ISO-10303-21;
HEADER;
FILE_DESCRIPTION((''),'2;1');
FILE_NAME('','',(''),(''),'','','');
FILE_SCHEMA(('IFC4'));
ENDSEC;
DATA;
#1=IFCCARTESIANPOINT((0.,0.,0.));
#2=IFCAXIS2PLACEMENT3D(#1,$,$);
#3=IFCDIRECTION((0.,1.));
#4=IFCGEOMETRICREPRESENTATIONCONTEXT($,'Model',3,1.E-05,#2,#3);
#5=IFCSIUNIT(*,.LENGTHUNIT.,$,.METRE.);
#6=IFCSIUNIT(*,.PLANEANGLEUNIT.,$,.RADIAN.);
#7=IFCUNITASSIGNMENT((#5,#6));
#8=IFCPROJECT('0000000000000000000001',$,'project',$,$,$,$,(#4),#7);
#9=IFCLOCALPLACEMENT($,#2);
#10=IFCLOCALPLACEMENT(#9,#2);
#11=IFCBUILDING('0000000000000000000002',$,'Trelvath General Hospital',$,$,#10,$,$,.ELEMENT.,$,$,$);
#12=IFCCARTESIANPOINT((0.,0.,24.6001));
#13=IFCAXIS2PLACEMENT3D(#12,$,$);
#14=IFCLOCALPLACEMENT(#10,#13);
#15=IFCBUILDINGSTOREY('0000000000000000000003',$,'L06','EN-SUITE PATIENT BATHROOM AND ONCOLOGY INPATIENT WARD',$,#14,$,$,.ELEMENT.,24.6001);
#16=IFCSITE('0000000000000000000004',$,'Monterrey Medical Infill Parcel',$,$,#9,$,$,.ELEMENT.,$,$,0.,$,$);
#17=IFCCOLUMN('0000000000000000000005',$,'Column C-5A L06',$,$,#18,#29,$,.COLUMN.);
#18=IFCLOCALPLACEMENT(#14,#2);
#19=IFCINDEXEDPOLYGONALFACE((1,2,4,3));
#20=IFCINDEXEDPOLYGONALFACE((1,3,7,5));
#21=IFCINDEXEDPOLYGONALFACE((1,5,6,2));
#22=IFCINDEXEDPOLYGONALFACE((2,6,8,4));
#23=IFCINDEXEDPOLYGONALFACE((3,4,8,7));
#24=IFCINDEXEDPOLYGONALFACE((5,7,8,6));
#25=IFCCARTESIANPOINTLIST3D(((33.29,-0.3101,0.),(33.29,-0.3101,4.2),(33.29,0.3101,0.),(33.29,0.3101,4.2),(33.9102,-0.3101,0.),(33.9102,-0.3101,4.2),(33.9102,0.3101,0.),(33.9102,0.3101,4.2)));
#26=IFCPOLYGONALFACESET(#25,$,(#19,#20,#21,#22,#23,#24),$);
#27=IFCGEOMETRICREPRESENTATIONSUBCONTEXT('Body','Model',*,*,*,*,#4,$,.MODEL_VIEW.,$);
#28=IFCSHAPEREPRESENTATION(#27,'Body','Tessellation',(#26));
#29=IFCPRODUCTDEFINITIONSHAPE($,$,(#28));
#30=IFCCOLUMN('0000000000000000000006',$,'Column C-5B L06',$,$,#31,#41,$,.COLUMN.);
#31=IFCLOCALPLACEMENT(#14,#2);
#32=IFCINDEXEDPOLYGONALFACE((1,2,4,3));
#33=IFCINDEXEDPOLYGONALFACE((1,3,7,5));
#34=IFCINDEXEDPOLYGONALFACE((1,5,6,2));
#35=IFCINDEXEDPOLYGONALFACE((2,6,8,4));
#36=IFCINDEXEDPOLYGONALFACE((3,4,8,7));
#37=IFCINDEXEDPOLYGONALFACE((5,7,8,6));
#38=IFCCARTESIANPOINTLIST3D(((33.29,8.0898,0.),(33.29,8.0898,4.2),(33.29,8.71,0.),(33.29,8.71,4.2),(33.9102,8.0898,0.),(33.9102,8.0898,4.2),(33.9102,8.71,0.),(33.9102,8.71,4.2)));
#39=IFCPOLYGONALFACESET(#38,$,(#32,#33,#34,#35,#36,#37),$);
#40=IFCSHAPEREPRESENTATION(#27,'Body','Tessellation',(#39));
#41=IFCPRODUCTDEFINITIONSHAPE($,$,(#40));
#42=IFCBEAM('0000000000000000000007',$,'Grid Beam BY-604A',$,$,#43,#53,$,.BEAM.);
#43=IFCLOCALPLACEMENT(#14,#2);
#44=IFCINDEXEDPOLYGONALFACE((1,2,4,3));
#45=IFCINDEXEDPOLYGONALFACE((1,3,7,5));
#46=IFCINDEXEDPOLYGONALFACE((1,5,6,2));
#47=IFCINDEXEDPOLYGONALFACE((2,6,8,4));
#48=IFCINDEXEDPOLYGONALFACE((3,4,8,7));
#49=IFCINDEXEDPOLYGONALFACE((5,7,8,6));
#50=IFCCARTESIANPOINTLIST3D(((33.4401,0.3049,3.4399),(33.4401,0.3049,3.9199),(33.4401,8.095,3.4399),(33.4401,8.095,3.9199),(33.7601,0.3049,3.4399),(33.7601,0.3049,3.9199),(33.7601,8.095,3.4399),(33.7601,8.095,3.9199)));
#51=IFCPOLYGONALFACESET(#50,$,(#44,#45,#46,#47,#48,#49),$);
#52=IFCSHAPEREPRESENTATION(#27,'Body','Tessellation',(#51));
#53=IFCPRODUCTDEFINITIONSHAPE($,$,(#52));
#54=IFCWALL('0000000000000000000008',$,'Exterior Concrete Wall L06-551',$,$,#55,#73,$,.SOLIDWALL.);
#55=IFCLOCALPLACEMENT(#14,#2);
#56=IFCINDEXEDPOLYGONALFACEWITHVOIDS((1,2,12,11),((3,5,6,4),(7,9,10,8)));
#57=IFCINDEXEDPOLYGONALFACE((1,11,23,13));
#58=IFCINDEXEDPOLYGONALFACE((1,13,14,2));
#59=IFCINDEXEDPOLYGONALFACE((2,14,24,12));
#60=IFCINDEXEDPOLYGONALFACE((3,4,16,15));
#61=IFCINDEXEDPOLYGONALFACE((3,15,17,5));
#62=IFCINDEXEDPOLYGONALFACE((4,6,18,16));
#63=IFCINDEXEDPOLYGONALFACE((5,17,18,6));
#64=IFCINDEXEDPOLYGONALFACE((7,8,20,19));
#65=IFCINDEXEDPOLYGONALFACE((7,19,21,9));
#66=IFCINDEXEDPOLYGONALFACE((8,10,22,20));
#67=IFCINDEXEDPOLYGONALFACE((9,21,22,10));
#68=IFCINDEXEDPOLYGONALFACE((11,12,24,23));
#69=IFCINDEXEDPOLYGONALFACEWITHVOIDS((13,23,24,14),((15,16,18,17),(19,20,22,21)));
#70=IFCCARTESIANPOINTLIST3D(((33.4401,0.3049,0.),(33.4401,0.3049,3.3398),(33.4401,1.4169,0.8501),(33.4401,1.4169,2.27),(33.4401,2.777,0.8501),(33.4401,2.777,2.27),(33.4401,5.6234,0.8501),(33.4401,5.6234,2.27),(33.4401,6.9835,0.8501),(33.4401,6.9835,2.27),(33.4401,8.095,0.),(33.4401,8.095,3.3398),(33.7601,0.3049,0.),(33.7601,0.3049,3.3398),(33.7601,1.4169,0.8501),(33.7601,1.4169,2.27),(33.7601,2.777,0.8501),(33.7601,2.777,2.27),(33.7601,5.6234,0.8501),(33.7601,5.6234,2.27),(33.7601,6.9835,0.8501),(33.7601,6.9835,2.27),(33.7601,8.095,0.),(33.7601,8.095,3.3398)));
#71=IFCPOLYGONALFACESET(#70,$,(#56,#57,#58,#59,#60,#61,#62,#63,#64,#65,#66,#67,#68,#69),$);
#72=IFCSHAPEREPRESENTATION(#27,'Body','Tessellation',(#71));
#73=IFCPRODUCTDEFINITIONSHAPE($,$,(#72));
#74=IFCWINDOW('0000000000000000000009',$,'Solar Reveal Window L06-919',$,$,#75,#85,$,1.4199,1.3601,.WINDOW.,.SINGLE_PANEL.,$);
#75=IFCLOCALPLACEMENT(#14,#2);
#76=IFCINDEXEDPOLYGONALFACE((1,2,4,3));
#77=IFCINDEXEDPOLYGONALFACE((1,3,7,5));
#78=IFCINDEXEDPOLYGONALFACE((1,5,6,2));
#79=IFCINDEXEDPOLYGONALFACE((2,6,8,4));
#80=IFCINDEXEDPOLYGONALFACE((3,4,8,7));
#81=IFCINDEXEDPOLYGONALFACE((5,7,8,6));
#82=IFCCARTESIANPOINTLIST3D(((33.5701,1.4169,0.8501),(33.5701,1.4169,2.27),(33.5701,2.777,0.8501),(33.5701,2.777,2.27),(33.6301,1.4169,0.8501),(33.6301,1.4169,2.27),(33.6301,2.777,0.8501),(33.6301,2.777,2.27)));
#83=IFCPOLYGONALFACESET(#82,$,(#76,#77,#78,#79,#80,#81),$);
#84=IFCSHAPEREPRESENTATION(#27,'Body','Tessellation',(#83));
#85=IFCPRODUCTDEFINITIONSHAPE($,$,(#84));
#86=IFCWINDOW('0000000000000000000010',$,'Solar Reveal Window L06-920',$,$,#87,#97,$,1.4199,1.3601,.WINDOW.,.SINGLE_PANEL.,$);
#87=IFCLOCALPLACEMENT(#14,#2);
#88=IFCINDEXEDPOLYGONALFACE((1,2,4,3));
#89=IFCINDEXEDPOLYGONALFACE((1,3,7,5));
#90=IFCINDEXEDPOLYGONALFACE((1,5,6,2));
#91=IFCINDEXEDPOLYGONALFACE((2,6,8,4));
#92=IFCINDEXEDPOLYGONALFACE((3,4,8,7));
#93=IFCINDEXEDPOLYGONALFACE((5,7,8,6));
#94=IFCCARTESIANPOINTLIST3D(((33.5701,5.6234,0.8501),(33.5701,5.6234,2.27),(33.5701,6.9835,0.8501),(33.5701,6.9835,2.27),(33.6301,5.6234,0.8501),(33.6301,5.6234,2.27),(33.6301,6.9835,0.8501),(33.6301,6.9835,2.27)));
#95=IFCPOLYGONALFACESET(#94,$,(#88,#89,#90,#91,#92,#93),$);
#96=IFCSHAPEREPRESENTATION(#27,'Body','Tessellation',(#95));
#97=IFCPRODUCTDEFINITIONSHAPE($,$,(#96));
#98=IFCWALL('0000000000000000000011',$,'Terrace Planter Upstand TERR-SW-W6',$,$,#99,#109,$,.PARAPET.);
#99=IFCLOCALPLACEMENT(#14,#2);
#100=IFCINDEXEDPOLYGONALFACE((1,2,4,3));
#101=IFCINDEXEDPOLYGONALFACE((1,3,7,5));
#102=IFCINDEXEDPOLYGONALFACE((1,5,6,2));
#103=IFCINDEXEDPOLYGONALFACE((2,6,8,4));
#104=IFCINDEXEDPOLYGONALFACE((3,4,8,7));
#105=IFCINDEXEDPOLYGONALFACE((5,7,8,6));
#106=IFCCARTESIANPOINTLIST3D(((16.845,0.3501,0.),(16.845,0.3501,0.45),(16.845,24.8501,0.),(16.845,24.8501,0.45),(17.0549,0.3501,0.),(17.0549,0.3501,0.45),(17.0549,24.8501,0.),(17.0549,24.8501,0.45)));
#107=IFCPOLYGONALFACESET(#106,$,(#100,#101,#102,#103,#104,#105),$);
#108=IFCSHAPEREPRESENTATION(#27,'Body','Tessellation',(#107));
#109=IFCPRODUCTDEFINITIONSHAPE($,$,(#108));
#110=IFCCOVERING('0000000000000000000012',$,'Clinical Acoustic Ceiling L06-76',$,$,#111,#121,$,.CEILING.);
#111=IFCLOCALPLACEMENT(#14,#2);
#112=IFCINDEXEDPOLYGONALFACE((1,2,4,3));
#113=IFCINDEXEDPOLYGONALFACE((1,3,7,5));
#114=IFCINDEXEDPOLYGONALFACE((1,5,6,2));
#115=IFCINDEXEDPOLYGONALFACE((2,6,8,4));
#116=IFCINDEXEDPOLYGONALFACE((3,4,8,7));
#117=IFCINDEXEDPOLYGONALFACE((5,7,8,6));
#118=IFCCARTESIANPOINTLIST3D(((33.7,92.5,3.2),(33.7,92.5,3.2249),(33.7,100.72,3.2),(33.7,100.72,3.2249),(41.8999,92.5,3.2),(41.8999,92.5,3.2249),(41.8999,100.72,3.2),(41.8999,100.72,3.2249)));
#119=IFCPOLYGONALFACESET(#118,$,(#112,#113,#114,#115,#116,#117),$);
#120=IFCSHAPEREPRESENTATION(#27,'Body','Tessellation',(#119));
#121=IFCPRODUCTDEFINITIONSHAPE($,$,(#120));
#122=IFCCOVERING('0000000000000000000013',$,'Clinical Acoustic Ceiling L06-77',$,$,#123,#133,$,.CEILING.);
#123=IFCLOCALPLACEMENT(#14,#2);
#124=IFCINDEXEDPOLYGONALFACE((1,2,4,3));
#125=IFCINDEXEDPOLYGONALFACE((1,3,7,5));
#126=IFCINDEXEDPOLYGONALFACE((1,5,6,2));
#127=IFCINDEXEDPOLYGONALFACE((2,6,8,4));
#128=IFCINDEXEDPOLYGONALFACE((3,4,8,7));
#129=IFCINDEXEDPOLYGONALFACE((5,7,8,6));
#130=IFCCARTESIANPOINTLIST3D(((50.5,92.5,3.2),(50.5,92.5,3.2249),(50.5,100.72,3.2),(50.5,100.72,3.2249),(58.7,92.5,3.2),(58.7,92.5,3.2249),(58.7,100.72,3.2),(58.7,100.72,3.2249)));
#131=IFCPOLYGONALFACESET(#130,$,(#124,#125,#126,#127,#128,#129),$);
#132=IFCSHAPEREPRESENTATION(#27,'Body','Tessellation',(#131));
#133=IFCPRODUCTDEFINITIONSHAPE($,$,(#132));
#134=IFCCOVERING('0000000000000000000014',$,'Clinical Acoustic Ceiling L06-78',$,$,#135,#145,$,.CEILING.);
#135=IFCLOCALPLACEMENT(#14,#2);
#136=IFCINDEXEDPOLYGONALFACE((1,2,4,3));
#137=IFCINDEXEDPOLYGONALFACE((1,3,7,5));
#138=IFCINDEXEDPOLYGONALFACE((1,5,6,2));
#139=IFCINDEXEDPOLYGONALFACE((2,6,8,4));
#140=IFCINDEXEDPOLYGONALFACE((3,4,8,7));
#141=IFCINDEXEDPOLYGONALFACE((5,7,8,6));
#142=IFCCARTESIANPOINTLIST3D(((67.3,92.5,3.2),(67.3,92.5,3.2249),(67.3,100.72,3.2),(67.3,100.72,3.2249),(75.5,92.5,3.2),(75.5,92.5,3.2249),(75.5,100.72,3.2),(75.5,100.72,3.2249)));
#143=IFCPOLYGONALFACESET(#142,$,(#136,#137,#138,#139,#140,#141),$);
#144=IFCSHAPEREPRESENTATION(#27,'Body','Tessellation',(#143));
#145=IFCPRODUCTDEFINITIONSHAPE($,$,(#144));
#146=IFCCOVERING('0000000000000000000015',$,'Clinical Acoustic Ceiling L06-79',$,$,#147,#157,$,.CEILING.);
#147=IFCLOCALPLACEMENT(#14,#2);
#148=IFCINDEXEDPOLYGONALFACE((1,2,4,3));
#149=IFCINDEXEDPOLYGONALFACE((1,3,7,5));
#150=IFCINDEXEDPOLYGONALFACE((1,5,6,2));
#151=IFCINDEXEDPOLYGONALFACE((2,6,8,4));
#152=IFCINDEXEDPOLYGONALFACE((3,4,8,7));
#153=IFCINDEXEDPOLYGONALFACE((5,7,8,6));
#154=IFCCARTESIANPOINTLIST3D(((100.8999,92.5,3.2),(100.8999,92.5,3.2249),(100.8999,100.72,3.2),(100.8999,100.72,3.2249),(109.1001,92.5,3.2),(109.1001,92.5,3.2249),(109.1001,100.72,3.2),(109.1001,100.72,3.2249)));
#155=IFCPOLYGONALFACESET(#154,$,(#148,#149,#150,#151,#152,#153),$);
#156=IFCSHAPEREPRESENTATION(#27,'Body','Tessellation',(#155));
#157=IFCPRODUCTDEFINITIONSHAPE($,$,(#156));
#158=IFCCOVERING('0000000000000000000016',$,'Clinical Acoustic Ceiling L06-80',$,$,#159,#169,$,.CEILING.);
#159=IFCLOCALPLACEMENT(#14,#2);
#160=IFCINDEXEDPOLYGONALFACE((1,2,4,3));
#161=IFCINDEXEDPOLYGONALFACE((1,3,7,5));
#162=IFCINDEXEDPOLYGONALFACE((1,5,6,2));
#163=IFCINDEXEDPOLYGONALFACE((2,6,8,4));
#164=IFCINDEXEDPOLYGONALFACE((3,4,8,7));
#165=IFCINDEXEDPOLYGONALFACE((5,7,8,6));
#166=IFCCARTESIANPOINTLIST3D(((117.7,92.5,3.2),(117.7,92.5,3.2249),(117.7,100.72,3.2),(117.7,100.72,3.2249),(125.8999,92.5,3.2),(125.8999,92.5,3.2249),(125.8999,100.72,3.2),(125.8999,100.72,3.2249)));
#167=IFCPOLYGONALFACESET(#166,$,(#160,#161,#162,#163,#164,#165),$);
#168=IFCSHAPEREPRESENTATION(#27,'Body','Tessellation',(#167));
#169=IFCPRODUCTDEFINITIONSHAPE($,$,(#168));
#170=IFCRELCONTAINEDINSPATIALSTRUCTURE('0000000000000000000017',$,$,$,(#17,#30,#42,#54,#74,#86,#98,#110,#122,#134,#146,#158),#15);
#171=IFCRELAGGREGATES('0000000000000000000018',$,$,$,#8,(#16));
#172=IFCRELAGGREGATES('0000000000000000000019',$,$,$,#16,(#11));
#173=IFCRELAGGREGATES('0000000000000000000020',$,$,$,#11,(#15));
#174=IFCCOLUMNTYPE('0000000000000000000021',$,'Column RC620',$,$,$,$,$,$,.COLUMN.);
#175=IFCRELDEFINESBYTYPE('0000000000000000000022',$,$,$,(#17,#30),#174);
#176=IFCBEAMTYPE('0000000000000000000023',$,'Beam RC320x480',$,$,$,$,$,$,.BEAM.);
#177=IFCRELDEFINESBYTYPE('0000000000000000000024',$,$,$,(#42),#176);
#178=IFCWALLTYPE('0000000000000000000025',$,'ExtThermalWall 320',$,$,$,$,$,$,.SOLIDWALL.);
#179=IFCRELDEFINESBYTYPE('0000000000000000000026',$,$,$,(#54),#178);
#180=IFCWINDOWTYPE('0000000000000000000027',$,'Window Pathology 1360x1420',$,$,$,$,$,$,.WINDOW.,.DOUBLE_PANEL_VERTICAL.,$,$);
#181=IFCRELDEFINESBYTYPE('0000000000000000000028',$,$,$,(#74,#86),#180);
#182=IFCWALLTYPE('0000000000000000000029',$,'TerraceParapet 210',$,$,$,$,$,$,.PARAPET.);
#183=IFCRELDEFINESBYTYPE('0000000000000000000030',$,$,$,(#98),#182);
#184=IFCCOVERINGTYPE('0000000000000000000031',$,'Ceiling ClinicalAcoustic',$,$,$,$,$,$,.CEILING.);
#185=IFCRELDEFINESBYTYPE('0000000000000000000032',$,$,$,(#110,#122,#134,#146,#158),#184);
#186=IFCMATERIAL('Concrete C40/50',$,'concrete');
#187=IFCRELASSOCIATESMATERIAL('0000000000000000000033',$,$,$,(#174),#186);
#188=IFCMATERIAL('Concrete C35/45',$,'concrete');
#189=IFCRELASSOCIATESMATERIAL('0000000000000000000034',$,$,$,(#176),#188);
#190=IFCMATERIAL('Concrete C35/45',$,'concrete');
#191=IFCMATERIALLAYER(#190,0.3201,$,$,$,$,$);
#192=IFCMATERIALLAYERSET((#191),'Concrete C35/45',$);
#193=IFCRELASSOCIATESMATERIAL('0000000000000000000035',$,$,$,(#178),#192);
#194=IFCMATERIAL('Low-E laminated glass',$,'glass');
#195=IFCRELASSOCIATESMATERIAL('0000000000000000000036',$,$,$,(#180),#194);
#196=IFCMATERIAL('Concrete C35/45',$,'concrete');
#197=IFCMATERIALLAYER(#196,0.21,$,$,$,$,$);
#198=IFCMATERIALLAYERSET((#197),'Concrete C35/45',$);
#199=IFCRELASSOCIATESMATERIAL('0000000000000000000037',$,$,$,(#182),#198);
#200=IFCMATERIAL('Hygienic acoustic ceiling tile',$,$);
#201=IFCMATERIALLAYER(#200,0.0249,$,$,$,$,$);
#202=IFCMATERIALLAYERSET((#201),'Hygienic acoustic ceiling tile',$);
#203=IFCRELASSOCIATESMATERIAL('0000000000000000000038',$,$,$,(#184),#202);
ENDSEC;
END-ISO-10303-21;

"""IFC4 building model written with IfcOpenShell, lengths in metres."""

from ifc_helpers import new_model, si_unit, direction, frame, frame_2d, origin, origin_2d, place, context, subcontext, project, spatial, polyline, rectangle, outline, extrude, material, layer, layer_set, material_profile, profile_set, type_object, element, fill, save


model = new_model("IFC4")

# Units and contexts
model_context = context("Model", 3, precision=1e-05, world=origin(), true_north=direction((0.0, 1.0)))
body_context = subcontext(model_context, "Body", "Model", "MODEL_VIEW")
ifc_project = project(units=[si_unit("LENGTHUNIT", "METRE"), si_unit("PLANEANGLEUNIT", "RADIAN")], contexts=[model_context])

# Site, building, storey
site_placement = place(None, origin())
site = spatial("IfcSite", under=ifc_project, at=site_placement, Name="Monterrey Medical Infill Parcel", CompositionType="ELEMENT", RefElevation=0.0)
building_placement = place(site_placement, origin())
building = spatial("IfcBuilding", under=site, at=building_placement, Name="Trelvath General Hospital", CompositionType="ELEMENT")
storey_placement = place(building_placement, frame((0.0, 0.0, 24.6001)))
storey = spatial("IfcBuildingStorey", under=building, at=storey_placement, Name="L06", Description="EN-SUITE PATIENT BATHROOM AND ONCOLOGY INPATIENT WARD", CompositionType="ELEMENT", Elevation=24.6001)

# Columns
ifc_material_1 = material(Name="Concrete C40/50", Category="concrete")
ifc_material_profile_1 = material_profile(ifc_material_1, rectangle(XDim=0.6201, YDim=0.6201, at=origin_2d()), Name="RC620x620")
ifc_profile_set_1 = profile_set([ifc_material_profile_1], Name="Concrete C40/50")
column_type = type_object("IfcColumnType", Name="Column RC620", PredefinedType="COLUMN", material=ifc_profile_set_1)
for number, where, z_axis, x_axis, name in (
    (1, (33.6001, 0.0, 0.0), (0.0, 0.0, 1.0), (1.0, 0.0, 0.0), "Column C-5A L06"),
    (2, (33.6001, 8.3999, 0.0), (0.0, 0.0, 1.0), (1.0, 0.0, 0.0), "Column C-5B L06"),
):
    element("IfcColumn", number, at=place(storey_placement, frame(where, z_axis=z_axis, x_axis=x_axis)), inside=storey, type_object=column_type, Name=name, PredefinedType="COLUMN", context=body_context, shape_type="SweptSolid", body=[
        extrude(rectangle(XDim=0.6201, YDim=0.6201, at=origin_2d()), origin(), (0.0, 0.0, 1.0), 4.2),
    ])

# Beam
ifc_material_2 = material(Name="Concrete C35/45", Category="concrete")
ifc_material_profile_2 = material_profile(ifc_material_2, rectangle(XDim=0.3201, YDim=0.48, at=origin_2d()), Name="RCB320x480")
ifc_profile_set_2 = profile_set([ifc_material_profile_2], Name="Concrete C35/45")
beam_type = type_object("IfcBeamType", Name="Beam RC320x480", PredefinedType="BEAM", material=ifc_profile_set_2)
beam_placement = place(storey_placement, frame((33.6001, 0.3049, 3.6799), z_axis=(0.0, 1.0, 0.0), x_axis=(-1.0, 0.0, 0.0)))
element("IfcBeam", 3, at=beam_placement, inside=storey, type_object=beam_type, Name="Grid Beam BY-604A", PredefinedType="BEAM", context=body_context, shape_type="SweptSolid", body=[
    extrude(rectangle(XDim=0.3201, YDim=0.48, at=origin_2d()), origin(), (0.0, 0.0, 1.0), 7.79),
])

# Wall, openings, windows
ifc_material_3 = material(Name="Concrete C35/45", Category="concrete")
ifc_layer_1 = layer(ifc_material_3, 0.3201)
ifc_layer_set_1 = layer_set([ifc_layer_1], Name="Concrete C35/45")
wall_type_1 = type_object("IfcWallType", Name="ExtThermalWall 320", PredefinedType="SOLIDWALL", material=ifc_layer_set_1)
wall_1_placement = place(storey_placement, frame((33.6001, 0.3049, 0.0), z_axis=(0.0, 0.0, 1.0), x_axis=(0.0, 1.0, 0.0)))
wall_1 = element("IfcWall", 4, at=wall_1_placement, inside=storey, type_object=wall_type_1, Name="Exterior Concrete Wall L06-551", PredefinedType="SOLIDWALL", context=body_context, shape_type="SweptSolid", body=[
    extrude(rectangle(XDim=7.79, YDim=0.3201, at=frame_2d((3.895, 0.0))), origin(), (0.0, 0.0, 1.0), 3.3398),
])
opening_1_placement = place(wall_1_placement, frame((1.1118, 0.0, 0.8501)))
opening_1 = element("IfcOpeningElement", 5, at=opening_1_placement, cuts=wall_1, PredefinedType="OPENING", context=body_context, shape_type="SweptSolid", body=[
    extrude(rectangle(XDim=1.3601, YDim=1.4199, at=frame_2d((0.6802, 0.71))), frame((0.0, 0.1699, 0.0), z_axis=(0.0, -1.0, 0.0), x_axis=(1.0, 0.0, 0.0)), (0.0, 0.0, 1.0), 0.3401),
])
opening_2_placement = place(wall_1_placement, frame((5.3184, 0.0, 0.8501)))
opening_2 = element("IfcOpeningElement", 6, at=opening_2_placement, cuts=wall_1, PredefinedType="OPENING", context=body_context, shape_type="SweptSolid", body=[
    extrude(rectangle(XDim=1.3601, YDim=1.4199, at=frame_2d((0.6802, 0.71))), frame((0.0, 0.1699, 0.0), z_axis=(0.0, -1.0, 0.0), x_axis=(1.0, 0.0, 0.0)), (0.0, 0.0, 1.0), 0.3401),
])
ifc_material_4 = material(Name="Low-E laminated glass", Category="glass")
window_type = type_object("IfcWindowType", Name="Window Pathology 1360x1420", PartitioningType="DOUBLE_PANEL_VERTICAL", PredefinedType="WINDOW", material=ifc_material_4)
window_1_placement = place(opening_1_placement, origin())
window_1 = element("IfcWindow", 7, at=window_1_placement, inside=storey, type_object=window_type, Name="Solar Reveal Window L06-919", OverallHeight=1.4199, OverallWidth=1.3601, PartitioningType="SINGLE_PANEL", PredefinedType="WINDOW", context=body_context, shape_type="SweptSolid", body=[
    extrude(rectangle(XDim=1.3601, YDim=1.4199, at=frame_2d((0.6802, 0.71))), frame((0.0, 0.03, 0.0), z_axis=(0.0, -1.0, 0.0), x_axis=(1.0, 0.0, 0.0)), (0.0, 0.0, 1.0), 0.0601),
])
fill(opening_1, window_1)
window_2_placement = place(opening_2_placement, origin())
window_2 = element("IfcWindow", 8, at=window_2_placement, inside=storey, type_object=window_type, Name="Solar Reveal Window L06-920", OverallHeight=1.4199, OverallWidth=1.3601, PartitioningType="SINGLE_PANEL", PredefinedType="WINDOW", context=body_context, shape_type="SweptSolid", body=[
    extrude(rectangle(XDim=1.3601, YDim=1.4199, at=frame_2d((0.6802, 0.71))), frame((0.0, 0.03, 0.0), z_axis=(0.0, -1.0, 0.0), x_axis=(1.0, 0.0, 0.0)), (0.0, 0.0, 1.0), 0.0601),
])
fill(opening_2, window_2)

# Wall
ifc_material_5 = material(Name="Concrete C35/45", Category="concrete")
ifc_layer_2 = layer(ifc_material_5, 0.21)
ifc_layer_set_2 = layer_set([ifc_layer_2], Name="Concrete C35/45")
wall_type_2 = type_object("IfcWallType", Name="TerraceParapet 210", PredefinedType="PARAPET", material=ifc_layer_set_2)
wall_2_placement = place(storey_placement, frame((16.95, 0.3501, 0.0), z_axis=(0.0, 0.0, 1.0), x_axis=(0.0, 1.0, 0.0)))
element("IfcWall", 9, at=wall_2_placement, inside=storey, type_object=wall_type_2, Name="Terrace Planter Upstand TERR-SW-W6", PredefinedType="PARAPET", context=body_context, shape_type="SweptSolid", body=[
    extrude(rectangle(XDim=24.5, YDim=0.21, at=frame_2d((12.25, 0.0))), origin(), (0.0, 0.0, 1.0), 0.45),
])

# Coverings
ifc_material_6 = material(Name="Hygienic acoustic ceiling tile")
ifc_layer_3 = layer(ifc_material_6, 0.0249)
ifc_layer_set_3 = layer_set([ifc_layer_3], Name="Hygienic acoustic ceiling tile")
covering_type = type_object("IfcCoveringType", Name="Ceiling ClinicalAcoustic", PredefinedType="CEILING", material=ifc_layer_set_3)
covering_1_placement = place(storey_placement, frame((0.0, 0.0, 3.2)))
element("IfcCovering", 10, at=covering_1_placement, inside=storey, type_object=covering_type, Name="Clinical Acoustic Ceiling L06-76", PredefinedType="CEILING", context=body_context, shape_type="SweptSolid", body=[
    extrude(outline(polyline([(33.7, 92.5), (41.8999, 92.5), (41.8999, 100.72), (33.7, 100.72), (33.7, 92.5)])), origin(), (0.0, 0.0, 1.0), 0.0249),
])
covering_2_placement = place(storey_placement, frame((0.0, 0.0, 3.2)))
element("IfcCovering", 11, at=covering_2_placement, inside=storey, type_object=covering_type, Name="Clinical Acoustic Ceiling L06-77", PredefinedType="CEILING", context=body_context, shape_type="SweptSolid", body=[
    extrude(outline(polyline([(50.5, 92.5), (58.7, 92.5), (58.7, 100.72), (50.5, 100.72), (50.5, 92.5)])), origin(), (0.0, 0.0, 1.0), 0.0249),
])
covering_3_placement = place(storey_placement, frame((0.0, 0.0, 3.2)))
element("IfcCovering", 12, at=covering_3_placement, inside=storey, type_object=covering_type, Name="Clinical Acoustic Ceiling L06-78", PredefinedType="CEILING", context=body_context, shape_type="SweptSolid", body=[
    extrude(outline(polyline([(67.3, 92.5), (75.5, 92.5), (75.5, 100.72), (67.3, 100.72), (67.3, 92.5)])), origin(), (0.0, 0.0, 1.0), 0.0249),
])
covering_4_placement = place(storey_placement, frame((0.0, 0.0, 3.2)))
element("IfcCovering", 13, at=covering_4_placement, inside=storey, type_object=covering_type, Name="Clinical Acoustic Ceiling L06-79", PredefinedType="CEILING", context=body_context, shape_type="SweptSolid", body=[
    extrude(outline(polyline([(100.8999, 92.5), (109.1001, 92.5), (109.1001, 100.72), (100.8999, 100.72), (100.8999, 92.5)])), origin(), (0.0, 0.0, 1.0), 0.0249),
])
covering_5_placement = place(storey_placement, frame((0.0, 0.0, 3.2)))
element("IfcCovering", 14, at=covering_5_placement, inside=storey, type_object=covering_type, Name="Clinical Acoustic Ceiling L06-80", PredefinedType="CEILING", context=body_context, shape_type="SweptSolid", body=[
    extrude(outline(polyline([(117.7, 92.5), (125.8999, 92.5), (125.8999, 100.72), (117.7, 100.72), (117.7, 92.5)])), origin(), (0.0, 0.0, 1.0), 0.0249),
])

save(model, "model.ifc")
